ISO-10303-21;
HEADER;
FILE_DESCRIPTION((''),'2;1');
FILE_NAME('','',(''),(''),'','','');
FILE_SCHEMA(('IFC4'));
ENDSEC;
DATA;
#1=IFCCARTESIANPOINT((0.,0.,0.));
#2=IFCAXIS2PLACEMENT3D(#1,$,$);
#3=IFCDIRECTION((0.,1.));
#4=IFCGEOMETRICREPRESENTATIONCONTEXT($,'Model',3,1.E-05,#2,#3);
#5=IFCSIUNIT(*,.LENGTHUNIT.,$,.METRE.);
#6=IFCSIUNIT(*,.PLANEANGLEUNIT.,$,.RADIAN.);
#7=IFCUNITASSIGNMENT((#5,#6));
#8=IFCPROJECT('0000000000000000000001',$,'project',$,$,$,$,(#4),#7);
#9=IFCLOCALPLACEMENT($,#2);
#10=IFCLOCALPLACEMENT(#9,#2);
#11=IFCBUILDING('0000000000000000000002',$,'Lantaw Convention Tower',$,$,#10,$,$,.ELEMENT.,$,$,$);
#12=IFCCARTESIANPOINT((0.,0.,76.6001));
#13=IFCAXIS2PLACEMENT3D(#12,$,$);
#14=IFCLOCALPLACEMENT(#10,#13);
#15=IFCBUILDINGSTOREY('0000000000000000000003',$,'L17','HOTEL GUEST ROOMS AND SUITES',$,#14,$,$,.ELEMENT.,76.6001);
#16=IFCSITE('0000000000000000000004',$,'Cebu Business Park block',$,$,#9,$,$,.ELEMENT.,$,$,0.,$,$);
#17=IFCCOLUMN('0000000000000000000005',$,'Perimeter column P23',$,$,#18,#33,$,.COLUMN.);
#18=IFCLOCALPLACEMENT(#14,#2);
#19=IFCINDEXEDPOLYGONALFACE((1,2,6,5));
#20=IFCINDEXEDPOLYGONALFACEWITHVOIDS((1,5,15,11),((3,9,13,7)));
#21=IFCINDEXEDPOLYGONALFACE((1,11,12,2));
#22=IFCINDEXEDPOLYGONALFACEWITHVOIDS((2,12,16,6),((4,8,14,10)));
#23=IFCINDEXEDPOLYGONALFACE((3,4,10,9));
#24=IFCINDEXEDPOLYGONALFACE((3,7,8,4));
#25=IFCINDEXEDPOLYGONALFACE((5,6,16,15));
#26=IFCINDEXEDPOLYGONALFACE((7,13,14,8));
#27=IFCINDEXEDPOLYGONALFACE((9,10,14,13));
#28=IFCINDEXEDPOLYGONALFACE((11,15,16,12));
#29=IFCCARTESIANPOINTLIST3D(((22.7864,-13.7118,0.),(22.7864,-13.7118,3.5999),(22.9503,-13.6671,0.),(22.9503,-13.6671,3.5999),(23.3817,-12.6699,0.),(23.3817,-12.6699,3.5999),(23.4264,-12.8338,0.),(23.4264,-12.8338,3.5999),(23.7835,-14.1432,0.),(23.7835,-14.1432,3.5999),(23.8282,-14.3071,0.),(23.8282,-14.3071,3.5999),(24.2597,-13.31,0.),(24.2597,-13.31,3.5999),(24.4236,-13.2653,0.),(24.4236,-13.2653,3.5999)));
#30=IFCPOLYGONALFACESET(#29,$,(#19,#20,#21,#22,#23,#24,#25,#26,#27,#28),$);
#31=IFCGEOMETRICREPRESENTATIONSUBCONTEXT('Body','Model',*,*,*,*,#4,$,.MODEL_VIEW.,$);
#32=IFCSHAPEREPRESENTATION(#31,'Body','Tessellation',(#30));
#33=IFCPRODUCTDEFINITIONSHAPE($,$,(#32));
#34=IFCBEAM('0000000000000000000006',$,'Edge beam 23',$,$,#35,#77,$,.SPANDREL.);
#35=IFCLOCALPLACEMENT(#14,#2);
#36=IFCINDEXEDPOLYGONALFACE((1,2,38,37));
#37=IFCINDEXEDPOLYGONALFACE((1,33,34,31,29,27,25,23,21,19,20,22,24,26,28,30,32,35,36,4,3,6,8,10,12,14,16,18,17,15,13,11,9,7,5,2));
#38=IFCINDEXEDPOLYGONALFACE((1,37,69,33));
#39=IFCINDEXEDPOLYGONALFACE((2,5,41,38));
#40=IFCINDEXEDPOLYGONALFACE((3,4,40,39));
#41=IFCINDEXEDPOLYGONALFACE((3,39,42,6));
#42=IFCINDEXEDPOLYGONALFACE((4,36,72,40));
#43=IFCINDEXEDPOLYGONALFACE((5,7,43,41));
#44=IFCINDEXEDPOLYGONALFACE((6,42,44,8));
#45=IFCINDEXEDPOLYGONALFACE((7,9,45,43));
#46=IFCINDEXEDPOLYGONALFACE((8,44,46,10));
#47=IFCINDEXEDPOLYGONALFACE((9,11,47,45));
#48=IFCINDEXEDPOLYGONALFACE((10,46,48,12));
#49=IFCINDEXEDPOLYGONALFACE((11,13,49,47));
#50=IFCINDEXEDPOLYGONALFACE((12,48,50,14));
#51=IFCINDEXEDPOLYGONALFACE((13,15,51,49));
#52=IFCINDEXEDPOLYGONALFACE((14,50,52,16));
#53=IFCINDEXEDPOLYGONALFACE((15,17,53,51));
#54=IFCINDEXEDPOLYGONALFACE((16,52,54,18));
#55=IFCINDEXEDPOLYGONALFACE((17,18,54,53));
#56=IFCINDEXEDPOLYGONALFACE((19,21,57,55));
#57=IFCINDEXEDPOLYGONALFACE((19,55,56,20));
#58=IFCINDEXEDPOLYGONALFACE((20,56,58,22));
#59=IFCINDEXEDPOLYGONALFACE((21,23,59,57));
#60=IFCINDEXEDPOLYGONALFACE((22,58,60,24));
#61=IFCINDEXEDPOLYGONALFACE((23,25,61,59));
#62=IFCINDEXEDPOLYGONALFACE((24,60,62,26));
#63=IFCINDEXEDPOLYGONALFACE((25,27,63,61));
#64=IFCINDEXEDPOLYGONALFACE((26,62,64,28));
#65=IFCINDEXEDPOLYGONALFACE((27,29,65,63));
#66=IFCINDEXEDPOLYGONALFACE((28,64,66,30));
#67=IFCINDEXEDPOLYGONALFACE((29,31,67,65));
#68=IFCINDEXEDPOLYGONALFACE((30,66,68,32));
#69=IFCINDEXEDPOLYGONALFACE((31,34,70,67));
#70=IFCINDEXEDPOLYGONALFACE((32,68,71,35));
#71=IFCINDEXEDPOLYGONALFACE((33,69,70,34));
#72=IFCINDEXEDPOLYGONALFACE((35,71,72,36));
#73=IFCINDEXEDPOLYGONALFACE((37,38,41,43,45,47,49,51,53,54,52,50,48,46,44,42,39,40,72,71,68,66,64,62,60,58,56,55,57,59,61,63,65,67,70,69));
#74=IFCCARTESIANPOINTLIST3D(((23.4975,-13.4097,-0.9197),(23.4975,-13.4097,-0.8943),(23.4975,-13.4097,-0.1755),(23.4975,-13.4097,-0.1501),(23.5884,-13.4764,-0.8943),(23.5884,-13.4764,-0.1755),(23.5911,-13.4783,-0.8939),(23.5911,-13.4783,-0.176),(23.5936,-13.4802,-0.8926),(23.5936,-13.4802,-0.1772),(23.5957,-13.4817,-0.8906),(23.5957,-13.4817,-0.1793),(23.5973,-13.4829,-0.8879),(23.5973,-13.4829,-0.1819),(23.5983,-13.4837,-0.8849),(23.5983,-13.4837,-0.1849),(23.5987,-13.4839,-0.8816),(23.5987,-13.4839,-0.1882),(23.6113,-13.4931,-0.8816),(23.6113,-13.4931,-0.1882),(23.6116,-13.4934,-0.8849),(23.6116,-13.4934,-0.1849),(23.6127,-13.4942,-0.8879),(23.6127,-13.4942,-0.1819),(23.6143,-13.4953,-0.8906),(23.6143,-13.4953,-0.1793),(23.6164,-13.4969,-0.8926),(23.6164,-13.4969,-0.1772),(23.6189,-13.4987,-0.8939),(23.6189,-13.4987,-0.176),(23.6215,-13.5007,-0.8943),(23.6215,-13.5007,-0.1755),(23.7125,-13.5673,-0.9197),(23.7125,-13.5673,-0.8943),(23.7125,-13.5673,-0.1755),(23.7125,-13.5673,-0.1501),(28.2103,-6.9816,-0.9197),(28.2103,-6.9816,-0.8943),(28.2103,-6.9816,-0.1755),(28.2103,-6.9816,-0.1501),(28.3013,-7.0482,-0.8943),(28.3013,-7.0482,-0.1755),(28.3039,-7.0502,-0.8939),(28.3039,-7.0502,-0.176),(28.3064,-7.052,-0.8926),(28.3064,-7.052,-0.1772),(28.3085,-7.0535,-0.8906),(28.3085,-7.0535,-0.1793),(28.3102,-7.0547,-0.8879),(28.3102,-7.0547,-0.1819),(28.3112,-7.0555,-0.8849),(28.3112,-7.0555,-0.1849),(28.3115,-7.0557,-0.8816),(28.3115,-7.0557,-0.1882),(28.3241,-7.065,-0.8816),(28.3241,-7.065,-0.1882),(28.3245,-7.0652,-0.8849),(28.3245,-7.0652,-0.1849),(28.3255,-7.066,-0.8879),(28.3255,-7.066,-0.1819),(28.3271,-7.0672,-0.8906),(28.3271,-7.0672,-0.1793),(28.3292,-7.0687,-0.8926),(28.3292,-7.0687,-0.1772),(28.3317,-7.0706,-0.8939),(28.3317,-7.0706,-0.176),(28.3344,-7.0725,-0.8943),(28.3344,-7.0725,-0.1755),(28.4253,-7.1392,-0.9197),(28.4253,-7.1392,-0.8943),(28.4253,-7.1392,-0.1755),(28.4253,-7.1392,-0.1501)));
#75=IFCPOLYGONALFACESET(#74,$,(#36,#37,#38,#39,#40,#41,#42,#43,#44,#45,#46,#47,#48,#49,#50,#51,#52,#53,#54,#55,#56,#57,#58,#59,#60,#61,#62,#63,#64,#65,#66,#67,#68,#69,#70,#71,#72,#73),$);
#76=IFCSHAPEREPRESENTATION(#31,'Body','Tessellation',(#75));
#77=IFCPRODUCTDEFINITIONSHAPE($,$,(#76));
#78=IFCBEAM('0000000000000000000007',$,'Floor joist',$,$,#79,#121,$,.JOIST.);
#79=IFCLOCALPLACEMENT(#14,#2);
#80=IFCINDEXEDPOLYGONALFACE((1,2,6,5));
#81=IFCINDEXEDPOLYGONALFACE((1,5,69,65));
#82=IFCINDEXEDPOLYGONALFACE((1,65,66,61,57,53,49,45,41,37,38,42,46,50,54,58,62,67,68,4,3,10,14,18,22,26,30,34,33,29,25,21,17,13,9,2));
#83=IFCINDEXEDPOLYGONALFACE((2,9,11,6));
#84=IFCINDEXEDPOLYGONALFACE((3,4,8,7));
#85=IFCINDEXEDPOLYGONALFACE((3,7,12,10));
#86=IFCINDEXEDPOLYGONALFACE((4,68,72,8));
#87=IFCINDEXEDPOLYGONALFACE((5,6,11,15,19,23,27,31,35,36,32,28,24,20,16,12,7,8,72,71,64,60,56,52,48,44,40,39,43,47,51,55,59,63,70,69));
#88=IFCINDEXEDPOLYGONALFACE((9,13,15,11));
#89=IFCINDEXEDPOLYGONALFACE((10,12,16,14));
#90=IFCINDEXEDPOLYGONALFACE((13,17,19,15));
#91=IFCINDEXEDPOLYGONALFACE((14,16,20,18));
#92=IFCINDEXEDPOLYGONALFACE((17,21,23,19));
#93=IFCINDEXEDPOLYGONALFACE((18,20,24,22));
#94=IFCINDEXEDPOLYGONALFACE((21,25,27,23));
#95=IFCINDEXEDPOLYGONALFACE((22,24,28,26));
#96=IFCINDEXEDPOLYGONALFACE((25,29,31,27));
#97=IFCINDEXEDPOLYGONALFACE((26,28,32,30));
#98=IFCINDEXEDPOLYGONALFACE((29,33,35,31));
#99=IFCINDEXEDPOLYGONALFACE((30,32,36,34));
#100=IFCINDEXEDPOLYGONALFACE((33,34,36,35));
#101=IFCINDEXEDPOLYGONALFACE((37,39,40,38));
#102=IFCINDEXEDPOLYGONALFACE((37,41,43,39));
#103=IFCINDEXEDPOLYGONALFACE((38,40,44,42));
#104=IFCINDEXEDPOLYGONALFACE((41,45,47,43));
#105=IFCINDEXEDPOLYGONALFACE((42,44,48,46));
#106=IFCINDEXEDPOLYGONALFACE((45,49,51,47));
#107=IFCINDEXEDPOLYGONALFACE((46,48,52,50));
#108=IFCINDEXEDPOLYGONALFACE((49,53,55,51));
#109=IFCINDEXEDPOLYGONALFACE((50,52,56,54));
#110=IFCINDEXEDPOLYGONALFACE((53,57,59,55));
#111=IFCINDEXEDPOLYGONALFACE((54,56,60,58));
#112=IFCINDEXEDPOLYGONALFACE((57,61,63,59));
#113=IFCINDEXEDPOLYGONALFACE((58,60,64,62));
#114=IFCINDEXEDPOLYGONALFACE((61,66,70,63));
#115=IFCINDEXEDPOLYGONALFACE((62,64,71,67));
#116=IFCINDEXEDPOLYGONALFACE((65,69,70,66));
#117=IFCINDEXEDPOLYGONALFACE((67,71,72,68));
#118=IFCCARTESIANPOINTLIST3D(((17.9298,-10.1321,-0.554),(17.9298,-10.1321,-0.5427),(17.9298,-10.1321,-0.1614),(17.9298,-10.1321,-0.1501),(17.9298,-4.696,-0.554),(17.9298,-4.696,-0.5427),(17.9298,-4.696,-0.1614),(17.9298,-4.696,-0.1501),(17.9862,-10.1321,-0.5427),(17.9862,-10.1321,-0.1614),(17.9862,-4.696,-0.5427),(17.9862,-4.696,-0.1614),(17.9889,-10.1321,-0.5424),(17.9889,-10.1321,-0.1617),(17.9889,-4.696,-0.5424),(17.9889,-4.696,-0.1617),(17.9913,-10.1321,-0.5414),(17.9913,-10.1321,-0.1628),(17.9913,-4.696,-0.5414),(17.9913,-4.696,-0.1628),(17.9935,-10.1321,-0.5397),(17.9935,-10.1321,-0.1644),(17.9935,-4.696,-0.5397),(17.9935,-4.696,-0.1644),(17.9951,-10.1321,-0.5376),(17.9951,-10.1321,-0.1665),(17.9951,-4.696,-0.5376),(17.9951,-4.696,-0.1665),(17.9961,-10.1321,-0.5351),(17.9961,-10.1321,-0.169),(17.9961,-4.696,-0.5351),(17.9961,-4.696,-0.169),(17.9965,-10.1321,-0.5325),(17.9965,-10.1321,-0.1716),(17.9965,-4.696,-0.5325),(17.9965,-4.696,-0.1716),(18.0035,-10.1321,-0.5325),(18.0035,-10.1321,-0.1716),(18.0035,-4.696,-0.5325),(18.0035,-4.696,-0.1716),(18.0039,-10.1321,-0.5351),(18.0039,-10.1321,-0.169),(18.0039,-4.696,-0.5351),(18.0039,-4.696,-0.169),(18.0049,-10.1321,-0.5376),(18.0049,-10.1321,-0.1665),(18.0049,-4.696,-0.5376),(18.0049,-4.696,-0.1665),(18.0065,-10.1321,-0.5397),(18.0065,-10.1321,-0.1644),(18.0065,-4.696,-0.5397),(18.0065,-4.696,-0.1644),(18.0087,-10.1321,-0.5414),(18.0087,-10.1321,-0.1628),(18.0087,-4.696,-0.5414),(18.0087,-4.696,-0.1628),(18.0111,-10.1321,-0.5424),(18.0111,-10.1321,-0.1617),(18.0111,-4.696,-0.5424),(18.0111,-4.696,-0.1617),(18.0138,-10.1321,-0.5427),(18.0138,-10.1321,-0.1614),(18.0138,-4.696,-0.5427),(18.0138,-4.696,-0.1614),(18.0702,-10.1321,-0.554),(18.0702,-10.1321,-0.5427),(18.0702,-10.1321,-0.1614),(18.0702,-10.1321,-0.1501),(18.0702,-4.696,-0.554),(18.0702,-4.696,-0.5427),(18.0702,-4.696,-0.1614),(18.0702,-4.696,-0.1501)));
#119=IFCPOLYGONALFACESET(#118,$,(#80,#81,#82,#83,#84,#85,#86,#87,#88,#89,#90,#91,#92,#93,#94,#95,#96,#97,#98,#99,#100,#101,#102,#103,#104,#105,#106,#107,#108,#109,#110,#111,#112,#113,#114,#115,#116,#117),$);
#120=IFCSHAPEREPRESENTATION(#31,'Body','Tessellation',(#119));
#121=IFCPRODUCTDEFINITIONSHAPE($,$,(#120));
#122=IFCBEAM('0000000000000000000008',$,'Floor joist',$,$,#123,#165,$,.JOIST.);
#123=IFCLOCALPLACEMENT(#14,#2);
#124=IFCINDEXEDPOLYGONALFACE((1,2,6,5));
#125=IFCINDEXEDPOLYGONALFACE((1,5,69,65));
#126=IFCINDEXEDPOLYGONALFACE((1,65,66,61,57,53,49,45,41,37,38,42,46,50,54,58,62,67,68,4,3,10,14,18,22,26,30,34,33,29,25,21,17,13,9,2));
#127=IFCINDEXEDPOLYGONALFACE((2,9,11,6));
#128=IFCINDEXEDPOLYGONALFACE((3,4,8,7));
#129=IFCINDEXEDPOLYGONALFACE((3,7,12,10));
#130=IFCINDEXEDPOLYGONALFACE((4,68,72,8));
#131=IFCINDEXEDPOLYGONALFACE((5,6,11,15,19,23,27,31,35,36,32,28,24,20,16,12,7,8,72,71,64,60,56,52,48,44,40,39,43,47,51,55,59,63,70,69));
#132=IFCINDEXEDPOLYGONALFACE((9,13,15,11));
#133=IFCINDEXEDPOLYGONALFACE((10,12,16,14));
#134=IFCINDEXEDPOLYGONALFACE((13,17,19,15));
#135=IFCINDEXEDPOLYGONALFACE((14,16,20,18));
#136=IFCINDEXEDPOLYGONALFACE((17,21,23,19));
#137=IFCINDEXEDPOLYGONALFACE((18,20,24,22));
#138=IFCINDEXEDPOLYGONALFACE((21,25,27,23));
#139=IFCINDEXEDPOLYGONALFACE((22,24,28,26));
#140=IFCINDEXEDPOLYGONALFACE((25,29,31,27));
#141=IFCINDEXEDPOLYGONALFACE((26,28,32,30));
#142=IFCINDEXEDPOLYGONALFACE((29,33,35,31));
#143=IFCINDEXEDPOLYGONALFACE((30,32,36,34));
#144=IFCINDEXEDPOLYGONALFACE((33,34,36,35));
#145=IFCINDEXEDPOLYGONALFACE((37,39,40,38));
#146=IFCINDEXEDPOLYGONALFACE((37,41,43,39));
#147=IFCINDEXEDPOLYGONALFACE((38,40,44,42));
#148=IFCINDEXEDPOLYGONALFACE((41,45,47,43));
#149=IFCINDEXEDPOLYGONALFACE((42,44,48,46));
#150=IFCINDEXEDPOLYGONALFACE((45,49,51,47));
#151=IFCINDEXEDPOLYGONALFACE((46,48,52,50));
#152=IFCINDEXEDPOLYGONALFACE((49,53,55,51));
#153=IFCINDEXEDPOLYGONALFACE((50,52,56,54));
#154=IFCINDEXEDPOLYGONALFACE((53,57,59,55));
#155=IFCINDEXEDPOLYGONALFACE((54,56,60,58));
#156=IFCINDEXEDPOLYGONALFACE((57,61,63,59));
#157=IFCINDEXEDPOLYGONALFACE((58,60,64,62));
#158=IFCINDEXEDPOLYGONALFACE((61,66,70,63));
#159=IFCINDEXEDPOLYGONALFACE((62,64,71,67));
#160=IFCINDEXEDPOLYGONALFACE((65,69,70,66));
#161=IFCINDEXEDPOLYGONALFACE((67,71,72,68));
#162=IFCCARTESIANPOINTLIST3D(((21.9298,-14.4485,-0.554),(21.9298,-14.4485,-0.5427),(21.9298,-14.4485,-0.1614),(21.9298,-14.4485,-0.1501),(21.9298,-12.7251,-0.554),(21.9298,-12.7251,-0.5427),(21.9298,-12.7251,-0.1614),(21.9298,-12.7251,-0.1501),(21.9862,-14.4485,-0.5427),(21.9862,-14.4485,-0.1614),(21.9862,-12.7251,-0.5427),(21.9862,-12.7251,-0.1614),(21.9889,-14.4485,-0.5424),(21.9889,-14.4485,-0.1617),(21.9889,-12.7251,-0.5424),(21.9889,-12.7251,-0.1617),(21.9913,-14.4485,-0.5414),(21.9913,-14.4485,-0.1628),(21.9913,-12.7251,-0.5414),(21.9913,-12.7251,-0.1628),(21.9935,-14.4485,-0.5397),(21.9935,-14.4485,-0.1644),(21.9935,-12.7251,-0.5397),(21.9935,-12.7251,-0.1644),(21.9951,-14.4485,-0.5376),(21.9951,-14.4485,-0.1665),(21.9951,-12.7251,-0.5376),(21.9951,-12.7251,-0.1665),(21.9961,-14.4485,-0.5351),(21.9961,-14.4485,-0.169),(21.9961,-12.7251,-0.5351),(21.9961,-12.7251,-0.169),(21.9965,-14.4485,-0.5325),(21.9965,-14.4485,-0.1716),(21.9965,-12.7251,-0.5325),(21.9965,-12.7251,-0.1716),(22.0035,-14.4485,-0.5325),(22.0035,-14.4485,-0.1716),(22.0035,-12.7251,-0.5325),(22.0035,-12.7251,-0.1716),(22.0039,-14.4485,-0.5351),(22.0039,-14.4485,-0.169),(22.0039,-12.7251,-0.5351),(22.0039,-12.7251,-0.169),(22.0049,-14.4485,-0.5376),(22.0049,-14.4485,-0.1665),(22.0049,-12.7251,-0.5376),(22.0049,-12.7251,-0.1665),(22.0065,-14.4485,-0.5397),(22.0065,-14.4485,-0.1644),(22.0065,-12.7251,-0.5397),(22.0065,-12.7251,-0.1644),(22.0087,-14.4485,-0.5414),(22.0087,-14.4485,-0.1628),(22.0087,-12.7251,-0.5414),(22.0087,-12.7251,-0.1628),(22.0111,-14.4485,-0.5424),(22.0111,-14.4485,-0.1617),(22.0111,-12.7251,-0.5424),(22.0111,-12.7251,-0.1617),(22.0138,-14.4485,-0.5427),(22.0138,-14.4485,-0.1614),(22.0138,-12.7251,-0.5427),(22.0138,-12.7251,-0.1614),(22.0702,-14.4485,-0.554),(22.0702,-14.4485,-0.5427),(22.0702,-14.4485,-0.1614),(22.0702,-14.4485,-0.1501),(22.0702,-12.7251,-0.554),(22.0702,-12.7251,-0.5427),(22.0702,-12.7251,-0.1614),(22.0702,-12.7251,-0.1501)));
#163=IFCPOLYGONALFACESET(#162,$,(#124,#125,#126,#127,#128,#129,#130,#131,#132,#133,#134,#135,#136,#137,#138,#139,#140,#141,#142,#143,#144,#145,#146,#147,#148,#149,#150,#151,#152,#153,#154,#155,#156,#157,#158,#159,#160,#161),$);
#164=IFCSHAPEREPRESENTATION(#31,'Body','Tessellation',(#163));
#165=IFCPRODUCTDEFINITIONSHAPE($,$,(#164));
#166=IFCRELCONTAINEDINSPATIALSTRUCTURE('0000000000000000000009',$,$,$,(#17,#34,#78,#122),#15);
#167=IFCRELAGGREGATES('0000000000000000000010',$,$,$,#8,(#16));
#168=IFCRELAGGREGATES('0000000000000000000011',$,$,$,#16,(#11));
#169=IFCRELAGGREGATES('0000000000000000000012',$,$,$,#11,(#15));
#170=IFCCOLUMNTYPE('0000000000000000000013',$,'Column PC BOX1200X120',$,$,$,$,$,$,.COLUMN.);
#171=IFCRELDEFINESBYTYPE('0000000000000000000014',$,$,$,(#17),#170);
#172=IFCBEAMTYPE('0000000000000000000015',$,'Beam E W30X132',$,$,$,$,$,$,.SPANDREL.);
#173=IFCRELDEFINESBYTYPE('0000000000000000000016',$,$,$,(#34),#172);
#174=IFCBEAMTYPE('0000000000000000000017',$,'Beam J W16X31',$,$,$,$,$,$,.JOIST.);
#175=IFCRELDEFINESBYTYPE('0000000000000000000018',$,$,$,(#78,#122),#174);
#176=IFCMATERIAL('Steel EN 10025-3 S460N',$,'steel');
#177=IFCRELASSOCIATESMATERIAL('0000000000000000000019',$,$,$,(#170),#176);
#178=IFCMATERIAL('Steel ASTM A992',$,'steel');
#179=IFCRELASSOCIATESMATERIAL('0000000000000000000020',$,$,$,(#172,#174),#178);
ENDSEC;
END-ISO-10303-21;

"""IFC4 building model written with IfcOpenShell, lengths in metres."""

from ifc_helpers import new_model, si_unit, direction, frame, origin, origin_2d, place, context, subcontext, project, spatial, rectangle, hollow_rectangle, i_section, extrude, material, material_profile, profile_set, type_object, element, save


model = new_model("IFC4")

# Units and contexts
model_context = context("Model", 3, precision=1e-05, world=origin(), true_north=direction((0.0, 1.0)))
body_context = subcontext(model_context, "Body", "Model", "MODEL_VIEW")
ifc_project = project(units=[si_unit("LENGTHUNIT", "METRE"), si_unit("PLANEANGLEUNIT", "RADIAN")], contexts=[model_context])

# Site, building, storey
site_placement = place(None, origin())
site = spatial("IfcSite", under=ifc_project, at=site_placement, Name="Cebu Business Park block", CompositionType="ELEMENT", RefElevation=0.0)
building_placement = place(site_placement, origin())
building = spatial("IfcBuilding", under=site, at=building_placement, Name="Lantaw Convention Tower", CompositionType="ELEMENT")
storey_placement = place(building_placement, frame((0.0, 0.0, 76.6001)))
storey = spatial("IfcBuildingStorey", under=building, at=storey_placement, Name="L17", Description="HOTEL GUEST ROOMS AND SUITES", CompositionType="ELEMENT", Elevation=76.6001)

# Column
ifc_material_1 = material(Name="Steel EN 10025-3 S460N", Category="steel")
ifc_material_profile_1 = material_profile(ifc_material_1, hollow_rectangle(XDim=1.2, YDim=1.2, WallThickness=0.1201, at=origin_2d()), Name="BOX1200X120")
ifc_material_2 = material(Name="Concrete C60/75", Category="concrete")
ifc_material_profile_2 = material_profile(ifc_material_2, rectangle(XDim=0.96, YDim=0.96, at=origin_2d()), Name="Concrete fill of BOX1200X120")
ifc_profile_set_1 = profile_set([ifc_material_profile_1, ifc_material_profile_2], Name="Steel EN 10025-3 S460N")
column_type = type_object("IfcColumnType", Name="Column PC BOX1200X120", PredefinedType="COLUMN", material=ifc_profile_set_1)
column_placement = place(storey_placement, frame((23.605, -13.4885, 0.0), z_axis=(0.0, 0.0, 1.0), x_axis=(0.496139, 0.868243, 0.0)))
element("IfcColumn", 1, at=column_placement, inside=storey, type_object=column_type, Name="Perimeter column P23", PredefinedType="COLUMN", context=body_context, shape_type="SweptSolid", body=[
    extrude(hollow_rectangle(XDim=1.2, YDim=1.2, WallThickness=0.1201, at=origin_2d()), origin(), (0.0, 0.0, 1.0), 3.5999),
])

# Beams
ifc_material_3 = material(Name="Steel ASTM A992", Category="steel")
ifc_material_profile_3 = material_profile(ifc_material_3, i_section(OverallWidth=0.2666, OverallDepth=0.7695, WebThickness=0.0156, FlangeThickness=0.0254, FilletRadius=0.0127, at=origin_2d()), Name="W30X132")
ifc_profile_set_2 = profile_set([ifc_material_profile_3], Name="Steel ASTM A992")
beam_type_1 = type_object("IfcBeamType", Name="Beam E W30X132", PredefinedType="SPANDREL", material=ifc_profile_set_2)
beam_1_placement = place(storey_placement, frame((23.605, -13.4885, -0.5349), z_axis=(0.591271, 0.806473, 0.0), x_axis=(-0.806473, 0.591271, 0.0)))
element("IfcBeam", 2, at=beam_1_placement, inside=storey, type_object=beam_type_1, Name="Edge beam 23", PredefinedType="SPANDREL", context=body_context, shape_type="SweptSolid", body=[
    extrude(i_section(OverallWidth=0.2666, OverallDepth=0.7695, WebThickness=0.0156, FlangeThickness=0.0254, FilletRadius=0.0127, at=origin_2d()), origin(), (0.0, 0.0, 1.0), 7.9707),
])
ifc_material_profile_4 = material_profile(ifc_material_3, i_section(OverallWidth=0.1404, OverallDepth=0.4038, WebThickness=0.0071, FlangeThickness=0.0112, FilletRadius=0.0103, at=origin_2d()), Name="W16X31")
ifc_profile_set_3 = profile_set([ifc_material_profile_4], Name="Steel ASTM A992")
beam_type_2 = type_object("IfcBeamType", Name="Beam J W16X31", PredefinedType="JOIST", material=ifc_profile_set_3)
beam_2_placement = place(storey_placement, frame((18.0, -10.1321, -0.3521), z_axis=(0.0, 1.0, 0.0), x_axis=(-1.0, 0.0, 0.0)))
element("IfcBeam", 3, at=beam_2_placement, inside=storey, type_object=beam_type_2, Name="Floor joist", PredefinedType="JOIST", context=body_context, shape_type="SweptSolid", body=[
    extrude(i_section(OverallWidth=0.1404, OverallDepth=0.4038, WebThickness=0.0071, FlangeThickness=0.0112, FilletRadius=0.0103, at=origin_2d()), origin(), (0.0, 0.0, 1.0), 5.436),
])
beam_3_placement = place(storey_placement, frame((22.0, -14.4485, -0.3521), z_axis=(0.0, 1.0, 0.0), x_axis=(-1.0, 0.0, 0.0)))
element("IfcBeam", 4, at=beam_3_placement, inside=storey, type_object=beam_type_2, Name="Floor joist", PredefinedType="JOIST", context=body_context, shape_type="SweptSolid", body=[
    extrude(i_section(OverallWidth=0.1404, OverallDepth=0.4038, WebThickness=0.0071, FlangeThickness=0.0112, FilletRadius=0.0103, at=origin_2d()), origin(), (0.0, 0.0, 1.0), 1.7234),
])

save(model, "model.ifc")
